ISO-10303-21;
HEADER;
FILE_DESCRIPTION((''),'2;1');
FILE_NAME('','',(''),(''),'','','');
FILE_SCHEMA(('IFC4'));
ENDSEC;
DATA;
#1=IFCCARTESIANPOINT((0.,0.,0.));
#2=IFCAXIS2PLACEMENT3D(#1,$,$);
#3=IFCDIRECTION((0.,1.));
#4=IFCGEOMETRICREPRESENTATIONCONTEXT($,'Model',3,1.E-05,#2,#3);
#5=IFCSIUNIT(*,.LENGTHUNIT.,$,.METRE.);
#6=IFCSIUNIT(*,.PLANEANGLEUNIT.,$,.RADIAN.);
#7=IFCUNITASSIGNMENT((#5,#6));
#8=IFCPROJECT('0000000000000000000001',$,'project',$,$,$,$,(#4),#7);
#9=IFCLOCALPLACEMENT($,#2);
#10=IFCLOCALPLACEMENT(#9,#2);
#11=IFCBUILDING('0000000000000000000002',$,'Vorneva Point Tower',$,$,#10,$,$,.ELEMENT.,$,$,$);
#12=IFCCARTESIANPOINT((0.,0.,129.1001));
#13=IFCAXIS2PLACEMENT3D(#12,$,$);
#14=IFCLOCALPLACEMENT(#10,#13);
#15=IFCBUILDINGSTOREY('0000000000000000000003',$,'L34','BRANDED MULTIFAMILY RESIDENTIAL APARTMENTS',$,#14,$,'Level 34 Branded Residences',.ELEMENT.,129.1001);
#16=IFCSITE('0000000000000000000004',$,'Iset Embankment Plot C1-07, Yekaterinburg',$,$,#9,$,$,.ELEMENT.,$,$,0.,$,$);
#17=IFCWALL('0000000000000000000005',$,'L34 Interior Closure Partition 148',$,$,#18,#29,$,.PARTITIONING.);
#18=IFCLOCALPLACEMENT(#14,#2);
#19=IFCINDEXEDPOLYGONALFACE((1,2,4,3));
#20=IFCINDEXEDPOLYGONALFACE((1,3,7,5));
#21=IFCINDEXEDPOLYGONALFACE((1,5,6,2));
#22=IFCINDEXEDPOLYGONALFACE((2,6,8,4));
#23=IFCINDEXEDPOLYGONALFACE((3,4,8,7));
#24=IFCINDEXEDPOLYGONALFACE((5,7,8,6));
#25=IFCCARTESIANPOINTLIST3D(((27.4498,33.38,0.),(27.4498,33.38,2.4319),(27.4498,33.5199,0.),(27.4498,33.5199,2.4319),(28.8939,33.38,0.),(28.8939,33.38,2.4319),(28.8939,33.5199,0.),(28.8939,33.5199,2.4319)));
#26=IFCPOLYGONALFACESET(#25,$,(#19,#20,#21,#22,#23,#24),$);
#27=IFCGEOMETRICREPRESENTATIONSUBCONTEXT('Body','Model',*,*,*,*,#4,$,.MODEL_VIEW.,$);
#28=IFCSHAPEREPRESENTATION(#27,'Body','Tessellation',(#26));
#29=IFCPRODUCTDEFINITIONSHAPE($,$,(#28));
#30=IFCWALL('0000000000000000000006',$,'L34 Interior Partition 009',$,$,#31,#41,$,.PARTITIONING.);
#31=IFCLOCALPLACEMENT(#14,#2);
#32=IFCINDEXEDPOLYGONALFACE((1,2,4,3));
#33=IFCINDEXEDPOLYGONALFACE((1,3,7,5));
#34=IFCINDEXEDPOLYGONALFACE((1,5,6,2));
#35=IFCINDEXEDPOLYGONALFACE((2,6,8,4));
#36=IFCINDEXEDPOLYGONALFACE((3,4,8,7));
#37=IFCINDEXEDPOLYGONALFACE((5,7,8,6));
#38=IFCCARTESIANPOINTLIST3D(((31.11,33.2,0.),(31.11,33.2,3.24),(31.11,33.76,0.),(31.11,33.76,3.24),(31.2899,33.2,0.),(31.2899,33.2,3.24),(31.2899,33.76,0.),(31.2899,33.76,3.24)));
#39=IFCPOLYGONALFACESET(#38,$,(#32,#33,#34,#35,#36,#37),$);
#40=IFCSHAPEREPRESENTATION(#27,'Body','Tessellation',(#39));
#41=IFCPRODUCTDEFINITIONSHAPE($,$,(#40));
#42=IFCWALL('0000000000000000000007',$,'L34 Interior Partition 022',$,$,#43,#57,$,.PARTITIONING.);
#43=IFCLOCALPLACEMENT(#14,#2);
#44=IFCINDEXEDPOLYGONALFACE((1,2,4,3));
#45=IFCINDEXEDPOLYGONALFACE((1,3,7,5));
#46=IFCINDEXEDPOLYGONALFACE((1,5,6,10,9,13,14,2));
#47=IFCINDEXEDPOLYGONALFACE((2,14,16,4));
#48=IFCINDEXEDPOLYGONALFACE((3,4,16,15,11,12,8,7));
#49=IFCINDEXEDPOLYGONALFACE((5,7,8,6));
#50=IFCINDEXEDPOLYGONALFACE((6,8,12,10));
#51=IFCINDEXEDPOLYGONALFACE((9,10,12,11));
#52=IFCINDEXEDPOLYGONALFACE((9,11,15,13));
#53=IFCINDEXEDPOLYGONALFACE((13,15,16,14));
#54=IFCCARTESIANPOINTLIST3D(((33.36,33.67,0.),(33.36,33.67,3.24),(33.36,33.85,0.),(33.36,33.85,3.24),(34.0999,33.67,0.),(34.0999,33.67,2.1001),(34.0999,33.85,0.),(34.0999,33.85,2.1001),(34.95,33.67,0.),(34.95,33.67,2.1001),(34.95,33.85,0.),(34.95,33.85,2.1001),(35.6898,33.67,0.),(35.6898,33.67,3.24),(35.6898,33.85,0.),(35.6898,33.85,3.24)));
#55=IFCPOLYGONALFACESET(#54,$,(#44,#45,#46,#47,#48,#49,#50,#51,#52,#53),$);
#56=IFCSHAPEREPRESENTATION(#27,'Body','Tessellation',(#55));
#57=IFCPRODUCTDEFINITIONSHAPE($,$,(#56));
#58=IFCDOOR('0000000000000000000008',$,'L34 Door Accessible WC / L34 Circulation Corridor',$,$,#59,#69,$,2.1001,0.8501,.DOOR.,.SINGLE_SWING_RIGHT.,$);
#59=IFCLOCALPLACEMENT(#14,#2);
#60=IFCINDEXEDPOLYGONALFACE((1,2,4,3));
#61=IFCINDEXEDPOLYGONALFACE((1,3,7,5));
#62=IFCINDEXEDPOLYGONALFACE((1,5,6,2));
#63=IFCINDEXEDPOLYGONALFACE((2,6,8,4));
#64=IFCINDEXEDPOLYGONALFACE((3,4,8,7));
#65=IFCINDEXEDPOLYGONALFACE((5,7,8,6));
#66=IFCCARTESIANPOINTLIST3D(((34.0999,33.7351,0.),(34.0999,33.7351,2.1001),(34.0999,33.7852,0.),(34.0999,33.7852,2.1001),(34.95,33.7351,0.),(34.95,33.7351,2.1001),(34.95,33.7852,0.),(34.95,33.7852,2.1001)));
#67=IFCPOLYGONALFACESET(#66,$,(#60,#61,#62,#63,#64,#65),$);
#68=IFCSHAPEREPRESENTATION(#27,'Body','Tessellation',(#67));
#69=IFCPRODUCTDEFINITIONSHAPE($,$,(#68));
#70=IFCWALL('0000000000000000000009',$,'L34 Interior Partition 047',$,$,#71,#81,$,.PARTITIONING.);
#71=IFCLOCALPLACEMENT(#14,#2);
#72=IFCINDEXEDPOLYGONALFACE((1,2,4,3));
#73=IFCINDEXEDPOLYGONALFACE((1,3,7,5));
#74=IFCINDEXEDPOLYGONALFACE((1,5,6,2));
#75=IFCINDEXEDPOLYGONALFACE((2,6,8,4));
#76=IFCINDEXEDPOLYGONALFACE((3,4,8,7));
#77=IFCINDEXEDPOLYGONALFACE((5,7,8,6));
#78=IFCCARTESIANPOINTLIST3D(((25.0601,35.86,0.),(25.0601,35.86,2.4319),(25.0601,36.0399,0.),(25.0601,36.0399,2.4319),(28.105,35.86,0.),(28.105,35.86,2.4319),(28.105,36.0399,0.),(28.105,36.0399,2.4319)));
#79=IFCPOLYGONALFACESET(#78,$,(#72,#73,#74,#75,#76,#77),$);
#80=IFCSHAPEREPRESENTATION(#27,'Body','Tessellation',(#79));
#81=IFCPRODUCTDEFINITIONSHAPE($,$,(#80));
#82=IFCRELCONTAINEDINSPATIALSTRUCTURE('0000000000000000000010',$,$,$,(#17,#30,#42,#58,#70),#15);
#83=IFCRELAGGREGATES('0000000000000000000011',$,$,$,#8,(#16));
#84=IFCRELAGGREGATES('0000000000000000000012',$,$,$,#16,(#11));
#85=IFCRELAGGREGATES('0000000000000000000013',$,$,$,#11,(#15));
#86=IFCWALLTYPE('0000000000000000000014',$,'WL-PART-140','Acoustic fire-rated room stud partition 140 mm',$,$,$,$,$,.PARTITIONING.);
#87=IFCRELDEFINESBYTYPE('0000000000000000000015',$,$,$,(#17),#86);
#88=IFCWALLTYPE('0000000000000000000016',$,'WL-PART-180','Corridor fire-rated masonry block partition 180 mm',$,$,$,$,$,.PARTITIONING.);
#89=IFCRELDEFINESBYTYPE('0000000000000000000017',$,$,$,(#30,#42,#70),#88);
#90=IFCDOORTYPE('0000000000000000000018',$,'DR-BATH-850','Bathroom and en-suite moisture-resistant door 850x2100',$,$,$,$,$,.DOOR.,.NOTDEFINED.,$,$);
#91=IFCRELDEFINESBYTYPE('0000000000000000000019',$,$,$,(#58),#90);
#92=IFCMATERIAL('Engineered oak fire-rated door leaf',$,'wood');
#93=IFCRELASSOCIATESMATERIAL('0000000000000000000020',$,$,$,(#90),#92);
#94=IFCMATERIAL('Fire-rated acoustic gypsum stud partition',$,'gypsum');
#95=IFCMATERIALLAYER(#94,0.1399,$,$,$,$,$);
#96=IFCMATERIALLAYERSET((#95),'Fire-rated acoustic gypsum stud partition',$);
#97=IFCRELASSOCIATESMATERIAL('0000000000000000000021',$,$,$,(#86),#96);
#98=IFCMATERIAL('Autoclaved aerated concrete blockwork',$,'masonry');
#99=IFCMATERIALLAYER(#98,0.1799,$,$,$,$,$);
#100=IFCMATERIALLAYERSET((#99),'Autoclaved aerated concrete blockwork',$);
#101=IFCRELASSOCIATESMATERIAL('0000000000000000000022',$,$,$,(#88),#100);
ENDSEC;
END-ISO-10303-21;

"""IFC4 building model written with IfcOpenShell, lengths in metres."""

from ifc_helpers import new_model, si_unit, direction, frame, frame_2d, origin, place, context, subcontext, project, spatial, rectangle, extrude, material, layer, layer_set, type_object, element, fill, save


model = new_model("IFC4")

# Units and contexts
model_context = context("Model", 3, precision=1e-05, world=origin(), true_north=direction((0.0, 1.0)))
body_context = subcontext(model_context, "Body", "Model", "MODEL_VIEW")
ifc_project = project(units=[si_unit("LENGTHUNIT", "METRE"), si_unit("PLANEANGLEUNIT", "RADIAN")], contexts=[model_context])

# Site, building, storey
site_placement = place(None, origin())
site = spatial("IfcSite", under=ifc_project, at=site_placement, Name="Iset Embankment Plot C1-07, Yekaterinburg", CompositionType="ELEMENT", RefElevation=0.0)
building_placement = place(site_placement, origin())
building = spatial("IfcBuilding", under=site, at=building_placement, Name="Vorneva Point Tower", CompositionType="ELEMENT")
storey_placement = place(building_placement, frame((0.0, 0.0, 129.1001)))
storey = spatial("IfcBuildingStorey", under=building, at=storey_placement, Name="L34", Description="BRANDED MULTIFAMILY RESIDENTIAL APARTMENTS", LongName="Level 34 Branded Residences", CompositionType="ELEMENT", Elevation=129.1001)

# Shared definitions
ifc_material_1 = material(Name="Fire-rated acoustic gypsum stud partition", Category="gypsum")

# Shared definitions
ifc_material_2 = material(Name="Engineered oak fire-rated door leaf", Category="wood")
door_type_1 = type_object("IfcDoorType", Name="DR-BATH-850", Description="Bathroom and en-suite moisture-resistant door 850x2100", OperationType="NOTDEFINED", PredefinedType="DOOR", material=ifc_material_2)

# Wall
ifc_layer_1 = layer(ifc_material_1, 0.1399)
ifc_layer_set_1 = layer_set([ifc_layer_1], Name="Fire-rated acoustic gypsum stud partition")
wall_type_1 = type_object("IfcWallType", Name="WL-PART-140", Description="Acoustic fire-rated room stud partition 140 mm", PredefinedType="PARTITIONING", material=ifc_layer_set_1)
wall_1_placement = place(storey_placement, frame((28.894, 33.45, 0.0), z_axis=(0.0, 0.0, 1.0), x_axis=(-1.0, 0.0, 0.0)))
element("IfcWall", 1, at=wall_1_placement, inside=storey, type_object=wall_type_1, Name="L34 Interior Closure Partition 148", PredefinedType="PARTITIONING", context=body_context, shape_type="SweptSolid", body=[
    extrude(rectangle(XDim=1.4441, YDim=0.1399, at=frame_2d((0.7222, 0.0))), origin(), (0.0, 0.0, 1.0), 2.4319),
])

# Shared definitions
ifc_material_3 = material(Name="Autoclaved aerated concrete blockwork", Category="masonry")
ifc_layer_2 = layer(ifc_material_3, 0.1799)
ifc_layer_set_2 = layer_set([ifc_layer_2], Name="Autoclaved aerated concrete blockwork")
wall_type_2 = type_object("IfcWallType", Name="WL-PART-180", Description="Corridor fire-rated masonry block partition 180 mm", PredefinedType="PARTITIONING", material=ifc_layer_set_2)

# Wall
wall_2_placement = place(storey_placement, frame((31.2, 33.76, 0.0), z_axis=(0.0, 0.0, 1.0), x_axis=(0.0, -1.0, 0.0)))
element("IfcWall", 2, at=wall_2_placement, inside=storey, type_object=wall_type_2, Name="L34 Interior Partition 009", PredefinedType="PARTITIONING", context=body_context, shape_type="SweptSolid", body=[
    extrude(rectangle(XDim=0.5601, YDim=0.1799, at=frame_2d((0.28, 0.0))), origin(), (0.0, 0.0, 1.0), 3.24),
])

# Wall, opening, door
wall_3_placement = place(storey_placement, frame((35.6899, 33.76, 0.0), z_axis=(0.0, 0.0, 1.0), x_axis=(-1.0, 0.0, 0.0)))
wall_3 = element("IfcWall", 3, at=wall_3_placement, inside=storey, type_object=wall_type_2, Name="L34 Interior Partition 022", PredefinedType="PARTITIONING", context=body_context, shape_type="SweptSolid", body=[
    extrude(rectangle(XDim=2.3298, YDim=0.1799, at=frame_2d((1.165, 0.0))), origin(), (0.0, 0.0, 1.0), 3.24),
])
opening_1_placement = place(wall_3_placement, frame((0.74, 0.0, 0.0)))
opening_1 = element("IfcOpeningElement", 4, at=opening_1_placement, cuts=wall_3, PredefinedType="OPENING", context=body_context, shape_type="SweptSolid", body=[
    extrude(rectangle(XDim=0.8501, YDim=2.1001, at=frame_2d((0.425, 1.05))), frame((0.0, 0.105, 0.0), z_axis=(0.0, -1.0, 0.0), x_axis=(1.0, 0.0, 0.0)), (0.0, 0.0, 1.0), 0.2097),
])
door_1_placement = place(opening_1_placement, origin())
door_1 = element("IfcDoor", 5, at=door_1_placement, inside=storey, type_object=door_type_1, Name="L34 Door Accessible WC / L34 Circulation Corridor", OperationType="SINGLE_SWING_RIGHT", OverallHeight=2.1001, OverallWidth=0.8501, PredefinedType="DOOR", context=body_context, shape_type="SweptSolid", body=[
    extrude(rectangle(XDim=0.8501, YDim=2.1001, at=frame_2d((0.425, 1.05))), frame((0.0, 0.0249, 0.0), z_axis=(0.0, -1.0, 0.0), x_axis=(1.0, 0.0, 0.0)), (0.0, 0.0, 1.0), 0.05),
])
fill(opening_1, door_1)

# Wall
wall_4_placement = place(storey_placement, frame((28.105, 35.95, 0.0), z_axis=(0.0, 0.0, 1.0), x_axis=(-1.0, 0.0, 0.0)))
element("IfcWall", 6, at=wall_4_placement, inside=storey, type_object=wall_type_2, Name="L34 Interior Partition 047", PredefinedType="PARTITIONING", context=body_context, shape_type="SweptSolid", body=[
    extrude(rectangle(XDim=3.0449, YDim=0.1799, at=frame_2d((1.5225, 0.0))), origin(), (0.0, 0.0, 1.0), 2.4319),
])

save(model, "model.ifc")
